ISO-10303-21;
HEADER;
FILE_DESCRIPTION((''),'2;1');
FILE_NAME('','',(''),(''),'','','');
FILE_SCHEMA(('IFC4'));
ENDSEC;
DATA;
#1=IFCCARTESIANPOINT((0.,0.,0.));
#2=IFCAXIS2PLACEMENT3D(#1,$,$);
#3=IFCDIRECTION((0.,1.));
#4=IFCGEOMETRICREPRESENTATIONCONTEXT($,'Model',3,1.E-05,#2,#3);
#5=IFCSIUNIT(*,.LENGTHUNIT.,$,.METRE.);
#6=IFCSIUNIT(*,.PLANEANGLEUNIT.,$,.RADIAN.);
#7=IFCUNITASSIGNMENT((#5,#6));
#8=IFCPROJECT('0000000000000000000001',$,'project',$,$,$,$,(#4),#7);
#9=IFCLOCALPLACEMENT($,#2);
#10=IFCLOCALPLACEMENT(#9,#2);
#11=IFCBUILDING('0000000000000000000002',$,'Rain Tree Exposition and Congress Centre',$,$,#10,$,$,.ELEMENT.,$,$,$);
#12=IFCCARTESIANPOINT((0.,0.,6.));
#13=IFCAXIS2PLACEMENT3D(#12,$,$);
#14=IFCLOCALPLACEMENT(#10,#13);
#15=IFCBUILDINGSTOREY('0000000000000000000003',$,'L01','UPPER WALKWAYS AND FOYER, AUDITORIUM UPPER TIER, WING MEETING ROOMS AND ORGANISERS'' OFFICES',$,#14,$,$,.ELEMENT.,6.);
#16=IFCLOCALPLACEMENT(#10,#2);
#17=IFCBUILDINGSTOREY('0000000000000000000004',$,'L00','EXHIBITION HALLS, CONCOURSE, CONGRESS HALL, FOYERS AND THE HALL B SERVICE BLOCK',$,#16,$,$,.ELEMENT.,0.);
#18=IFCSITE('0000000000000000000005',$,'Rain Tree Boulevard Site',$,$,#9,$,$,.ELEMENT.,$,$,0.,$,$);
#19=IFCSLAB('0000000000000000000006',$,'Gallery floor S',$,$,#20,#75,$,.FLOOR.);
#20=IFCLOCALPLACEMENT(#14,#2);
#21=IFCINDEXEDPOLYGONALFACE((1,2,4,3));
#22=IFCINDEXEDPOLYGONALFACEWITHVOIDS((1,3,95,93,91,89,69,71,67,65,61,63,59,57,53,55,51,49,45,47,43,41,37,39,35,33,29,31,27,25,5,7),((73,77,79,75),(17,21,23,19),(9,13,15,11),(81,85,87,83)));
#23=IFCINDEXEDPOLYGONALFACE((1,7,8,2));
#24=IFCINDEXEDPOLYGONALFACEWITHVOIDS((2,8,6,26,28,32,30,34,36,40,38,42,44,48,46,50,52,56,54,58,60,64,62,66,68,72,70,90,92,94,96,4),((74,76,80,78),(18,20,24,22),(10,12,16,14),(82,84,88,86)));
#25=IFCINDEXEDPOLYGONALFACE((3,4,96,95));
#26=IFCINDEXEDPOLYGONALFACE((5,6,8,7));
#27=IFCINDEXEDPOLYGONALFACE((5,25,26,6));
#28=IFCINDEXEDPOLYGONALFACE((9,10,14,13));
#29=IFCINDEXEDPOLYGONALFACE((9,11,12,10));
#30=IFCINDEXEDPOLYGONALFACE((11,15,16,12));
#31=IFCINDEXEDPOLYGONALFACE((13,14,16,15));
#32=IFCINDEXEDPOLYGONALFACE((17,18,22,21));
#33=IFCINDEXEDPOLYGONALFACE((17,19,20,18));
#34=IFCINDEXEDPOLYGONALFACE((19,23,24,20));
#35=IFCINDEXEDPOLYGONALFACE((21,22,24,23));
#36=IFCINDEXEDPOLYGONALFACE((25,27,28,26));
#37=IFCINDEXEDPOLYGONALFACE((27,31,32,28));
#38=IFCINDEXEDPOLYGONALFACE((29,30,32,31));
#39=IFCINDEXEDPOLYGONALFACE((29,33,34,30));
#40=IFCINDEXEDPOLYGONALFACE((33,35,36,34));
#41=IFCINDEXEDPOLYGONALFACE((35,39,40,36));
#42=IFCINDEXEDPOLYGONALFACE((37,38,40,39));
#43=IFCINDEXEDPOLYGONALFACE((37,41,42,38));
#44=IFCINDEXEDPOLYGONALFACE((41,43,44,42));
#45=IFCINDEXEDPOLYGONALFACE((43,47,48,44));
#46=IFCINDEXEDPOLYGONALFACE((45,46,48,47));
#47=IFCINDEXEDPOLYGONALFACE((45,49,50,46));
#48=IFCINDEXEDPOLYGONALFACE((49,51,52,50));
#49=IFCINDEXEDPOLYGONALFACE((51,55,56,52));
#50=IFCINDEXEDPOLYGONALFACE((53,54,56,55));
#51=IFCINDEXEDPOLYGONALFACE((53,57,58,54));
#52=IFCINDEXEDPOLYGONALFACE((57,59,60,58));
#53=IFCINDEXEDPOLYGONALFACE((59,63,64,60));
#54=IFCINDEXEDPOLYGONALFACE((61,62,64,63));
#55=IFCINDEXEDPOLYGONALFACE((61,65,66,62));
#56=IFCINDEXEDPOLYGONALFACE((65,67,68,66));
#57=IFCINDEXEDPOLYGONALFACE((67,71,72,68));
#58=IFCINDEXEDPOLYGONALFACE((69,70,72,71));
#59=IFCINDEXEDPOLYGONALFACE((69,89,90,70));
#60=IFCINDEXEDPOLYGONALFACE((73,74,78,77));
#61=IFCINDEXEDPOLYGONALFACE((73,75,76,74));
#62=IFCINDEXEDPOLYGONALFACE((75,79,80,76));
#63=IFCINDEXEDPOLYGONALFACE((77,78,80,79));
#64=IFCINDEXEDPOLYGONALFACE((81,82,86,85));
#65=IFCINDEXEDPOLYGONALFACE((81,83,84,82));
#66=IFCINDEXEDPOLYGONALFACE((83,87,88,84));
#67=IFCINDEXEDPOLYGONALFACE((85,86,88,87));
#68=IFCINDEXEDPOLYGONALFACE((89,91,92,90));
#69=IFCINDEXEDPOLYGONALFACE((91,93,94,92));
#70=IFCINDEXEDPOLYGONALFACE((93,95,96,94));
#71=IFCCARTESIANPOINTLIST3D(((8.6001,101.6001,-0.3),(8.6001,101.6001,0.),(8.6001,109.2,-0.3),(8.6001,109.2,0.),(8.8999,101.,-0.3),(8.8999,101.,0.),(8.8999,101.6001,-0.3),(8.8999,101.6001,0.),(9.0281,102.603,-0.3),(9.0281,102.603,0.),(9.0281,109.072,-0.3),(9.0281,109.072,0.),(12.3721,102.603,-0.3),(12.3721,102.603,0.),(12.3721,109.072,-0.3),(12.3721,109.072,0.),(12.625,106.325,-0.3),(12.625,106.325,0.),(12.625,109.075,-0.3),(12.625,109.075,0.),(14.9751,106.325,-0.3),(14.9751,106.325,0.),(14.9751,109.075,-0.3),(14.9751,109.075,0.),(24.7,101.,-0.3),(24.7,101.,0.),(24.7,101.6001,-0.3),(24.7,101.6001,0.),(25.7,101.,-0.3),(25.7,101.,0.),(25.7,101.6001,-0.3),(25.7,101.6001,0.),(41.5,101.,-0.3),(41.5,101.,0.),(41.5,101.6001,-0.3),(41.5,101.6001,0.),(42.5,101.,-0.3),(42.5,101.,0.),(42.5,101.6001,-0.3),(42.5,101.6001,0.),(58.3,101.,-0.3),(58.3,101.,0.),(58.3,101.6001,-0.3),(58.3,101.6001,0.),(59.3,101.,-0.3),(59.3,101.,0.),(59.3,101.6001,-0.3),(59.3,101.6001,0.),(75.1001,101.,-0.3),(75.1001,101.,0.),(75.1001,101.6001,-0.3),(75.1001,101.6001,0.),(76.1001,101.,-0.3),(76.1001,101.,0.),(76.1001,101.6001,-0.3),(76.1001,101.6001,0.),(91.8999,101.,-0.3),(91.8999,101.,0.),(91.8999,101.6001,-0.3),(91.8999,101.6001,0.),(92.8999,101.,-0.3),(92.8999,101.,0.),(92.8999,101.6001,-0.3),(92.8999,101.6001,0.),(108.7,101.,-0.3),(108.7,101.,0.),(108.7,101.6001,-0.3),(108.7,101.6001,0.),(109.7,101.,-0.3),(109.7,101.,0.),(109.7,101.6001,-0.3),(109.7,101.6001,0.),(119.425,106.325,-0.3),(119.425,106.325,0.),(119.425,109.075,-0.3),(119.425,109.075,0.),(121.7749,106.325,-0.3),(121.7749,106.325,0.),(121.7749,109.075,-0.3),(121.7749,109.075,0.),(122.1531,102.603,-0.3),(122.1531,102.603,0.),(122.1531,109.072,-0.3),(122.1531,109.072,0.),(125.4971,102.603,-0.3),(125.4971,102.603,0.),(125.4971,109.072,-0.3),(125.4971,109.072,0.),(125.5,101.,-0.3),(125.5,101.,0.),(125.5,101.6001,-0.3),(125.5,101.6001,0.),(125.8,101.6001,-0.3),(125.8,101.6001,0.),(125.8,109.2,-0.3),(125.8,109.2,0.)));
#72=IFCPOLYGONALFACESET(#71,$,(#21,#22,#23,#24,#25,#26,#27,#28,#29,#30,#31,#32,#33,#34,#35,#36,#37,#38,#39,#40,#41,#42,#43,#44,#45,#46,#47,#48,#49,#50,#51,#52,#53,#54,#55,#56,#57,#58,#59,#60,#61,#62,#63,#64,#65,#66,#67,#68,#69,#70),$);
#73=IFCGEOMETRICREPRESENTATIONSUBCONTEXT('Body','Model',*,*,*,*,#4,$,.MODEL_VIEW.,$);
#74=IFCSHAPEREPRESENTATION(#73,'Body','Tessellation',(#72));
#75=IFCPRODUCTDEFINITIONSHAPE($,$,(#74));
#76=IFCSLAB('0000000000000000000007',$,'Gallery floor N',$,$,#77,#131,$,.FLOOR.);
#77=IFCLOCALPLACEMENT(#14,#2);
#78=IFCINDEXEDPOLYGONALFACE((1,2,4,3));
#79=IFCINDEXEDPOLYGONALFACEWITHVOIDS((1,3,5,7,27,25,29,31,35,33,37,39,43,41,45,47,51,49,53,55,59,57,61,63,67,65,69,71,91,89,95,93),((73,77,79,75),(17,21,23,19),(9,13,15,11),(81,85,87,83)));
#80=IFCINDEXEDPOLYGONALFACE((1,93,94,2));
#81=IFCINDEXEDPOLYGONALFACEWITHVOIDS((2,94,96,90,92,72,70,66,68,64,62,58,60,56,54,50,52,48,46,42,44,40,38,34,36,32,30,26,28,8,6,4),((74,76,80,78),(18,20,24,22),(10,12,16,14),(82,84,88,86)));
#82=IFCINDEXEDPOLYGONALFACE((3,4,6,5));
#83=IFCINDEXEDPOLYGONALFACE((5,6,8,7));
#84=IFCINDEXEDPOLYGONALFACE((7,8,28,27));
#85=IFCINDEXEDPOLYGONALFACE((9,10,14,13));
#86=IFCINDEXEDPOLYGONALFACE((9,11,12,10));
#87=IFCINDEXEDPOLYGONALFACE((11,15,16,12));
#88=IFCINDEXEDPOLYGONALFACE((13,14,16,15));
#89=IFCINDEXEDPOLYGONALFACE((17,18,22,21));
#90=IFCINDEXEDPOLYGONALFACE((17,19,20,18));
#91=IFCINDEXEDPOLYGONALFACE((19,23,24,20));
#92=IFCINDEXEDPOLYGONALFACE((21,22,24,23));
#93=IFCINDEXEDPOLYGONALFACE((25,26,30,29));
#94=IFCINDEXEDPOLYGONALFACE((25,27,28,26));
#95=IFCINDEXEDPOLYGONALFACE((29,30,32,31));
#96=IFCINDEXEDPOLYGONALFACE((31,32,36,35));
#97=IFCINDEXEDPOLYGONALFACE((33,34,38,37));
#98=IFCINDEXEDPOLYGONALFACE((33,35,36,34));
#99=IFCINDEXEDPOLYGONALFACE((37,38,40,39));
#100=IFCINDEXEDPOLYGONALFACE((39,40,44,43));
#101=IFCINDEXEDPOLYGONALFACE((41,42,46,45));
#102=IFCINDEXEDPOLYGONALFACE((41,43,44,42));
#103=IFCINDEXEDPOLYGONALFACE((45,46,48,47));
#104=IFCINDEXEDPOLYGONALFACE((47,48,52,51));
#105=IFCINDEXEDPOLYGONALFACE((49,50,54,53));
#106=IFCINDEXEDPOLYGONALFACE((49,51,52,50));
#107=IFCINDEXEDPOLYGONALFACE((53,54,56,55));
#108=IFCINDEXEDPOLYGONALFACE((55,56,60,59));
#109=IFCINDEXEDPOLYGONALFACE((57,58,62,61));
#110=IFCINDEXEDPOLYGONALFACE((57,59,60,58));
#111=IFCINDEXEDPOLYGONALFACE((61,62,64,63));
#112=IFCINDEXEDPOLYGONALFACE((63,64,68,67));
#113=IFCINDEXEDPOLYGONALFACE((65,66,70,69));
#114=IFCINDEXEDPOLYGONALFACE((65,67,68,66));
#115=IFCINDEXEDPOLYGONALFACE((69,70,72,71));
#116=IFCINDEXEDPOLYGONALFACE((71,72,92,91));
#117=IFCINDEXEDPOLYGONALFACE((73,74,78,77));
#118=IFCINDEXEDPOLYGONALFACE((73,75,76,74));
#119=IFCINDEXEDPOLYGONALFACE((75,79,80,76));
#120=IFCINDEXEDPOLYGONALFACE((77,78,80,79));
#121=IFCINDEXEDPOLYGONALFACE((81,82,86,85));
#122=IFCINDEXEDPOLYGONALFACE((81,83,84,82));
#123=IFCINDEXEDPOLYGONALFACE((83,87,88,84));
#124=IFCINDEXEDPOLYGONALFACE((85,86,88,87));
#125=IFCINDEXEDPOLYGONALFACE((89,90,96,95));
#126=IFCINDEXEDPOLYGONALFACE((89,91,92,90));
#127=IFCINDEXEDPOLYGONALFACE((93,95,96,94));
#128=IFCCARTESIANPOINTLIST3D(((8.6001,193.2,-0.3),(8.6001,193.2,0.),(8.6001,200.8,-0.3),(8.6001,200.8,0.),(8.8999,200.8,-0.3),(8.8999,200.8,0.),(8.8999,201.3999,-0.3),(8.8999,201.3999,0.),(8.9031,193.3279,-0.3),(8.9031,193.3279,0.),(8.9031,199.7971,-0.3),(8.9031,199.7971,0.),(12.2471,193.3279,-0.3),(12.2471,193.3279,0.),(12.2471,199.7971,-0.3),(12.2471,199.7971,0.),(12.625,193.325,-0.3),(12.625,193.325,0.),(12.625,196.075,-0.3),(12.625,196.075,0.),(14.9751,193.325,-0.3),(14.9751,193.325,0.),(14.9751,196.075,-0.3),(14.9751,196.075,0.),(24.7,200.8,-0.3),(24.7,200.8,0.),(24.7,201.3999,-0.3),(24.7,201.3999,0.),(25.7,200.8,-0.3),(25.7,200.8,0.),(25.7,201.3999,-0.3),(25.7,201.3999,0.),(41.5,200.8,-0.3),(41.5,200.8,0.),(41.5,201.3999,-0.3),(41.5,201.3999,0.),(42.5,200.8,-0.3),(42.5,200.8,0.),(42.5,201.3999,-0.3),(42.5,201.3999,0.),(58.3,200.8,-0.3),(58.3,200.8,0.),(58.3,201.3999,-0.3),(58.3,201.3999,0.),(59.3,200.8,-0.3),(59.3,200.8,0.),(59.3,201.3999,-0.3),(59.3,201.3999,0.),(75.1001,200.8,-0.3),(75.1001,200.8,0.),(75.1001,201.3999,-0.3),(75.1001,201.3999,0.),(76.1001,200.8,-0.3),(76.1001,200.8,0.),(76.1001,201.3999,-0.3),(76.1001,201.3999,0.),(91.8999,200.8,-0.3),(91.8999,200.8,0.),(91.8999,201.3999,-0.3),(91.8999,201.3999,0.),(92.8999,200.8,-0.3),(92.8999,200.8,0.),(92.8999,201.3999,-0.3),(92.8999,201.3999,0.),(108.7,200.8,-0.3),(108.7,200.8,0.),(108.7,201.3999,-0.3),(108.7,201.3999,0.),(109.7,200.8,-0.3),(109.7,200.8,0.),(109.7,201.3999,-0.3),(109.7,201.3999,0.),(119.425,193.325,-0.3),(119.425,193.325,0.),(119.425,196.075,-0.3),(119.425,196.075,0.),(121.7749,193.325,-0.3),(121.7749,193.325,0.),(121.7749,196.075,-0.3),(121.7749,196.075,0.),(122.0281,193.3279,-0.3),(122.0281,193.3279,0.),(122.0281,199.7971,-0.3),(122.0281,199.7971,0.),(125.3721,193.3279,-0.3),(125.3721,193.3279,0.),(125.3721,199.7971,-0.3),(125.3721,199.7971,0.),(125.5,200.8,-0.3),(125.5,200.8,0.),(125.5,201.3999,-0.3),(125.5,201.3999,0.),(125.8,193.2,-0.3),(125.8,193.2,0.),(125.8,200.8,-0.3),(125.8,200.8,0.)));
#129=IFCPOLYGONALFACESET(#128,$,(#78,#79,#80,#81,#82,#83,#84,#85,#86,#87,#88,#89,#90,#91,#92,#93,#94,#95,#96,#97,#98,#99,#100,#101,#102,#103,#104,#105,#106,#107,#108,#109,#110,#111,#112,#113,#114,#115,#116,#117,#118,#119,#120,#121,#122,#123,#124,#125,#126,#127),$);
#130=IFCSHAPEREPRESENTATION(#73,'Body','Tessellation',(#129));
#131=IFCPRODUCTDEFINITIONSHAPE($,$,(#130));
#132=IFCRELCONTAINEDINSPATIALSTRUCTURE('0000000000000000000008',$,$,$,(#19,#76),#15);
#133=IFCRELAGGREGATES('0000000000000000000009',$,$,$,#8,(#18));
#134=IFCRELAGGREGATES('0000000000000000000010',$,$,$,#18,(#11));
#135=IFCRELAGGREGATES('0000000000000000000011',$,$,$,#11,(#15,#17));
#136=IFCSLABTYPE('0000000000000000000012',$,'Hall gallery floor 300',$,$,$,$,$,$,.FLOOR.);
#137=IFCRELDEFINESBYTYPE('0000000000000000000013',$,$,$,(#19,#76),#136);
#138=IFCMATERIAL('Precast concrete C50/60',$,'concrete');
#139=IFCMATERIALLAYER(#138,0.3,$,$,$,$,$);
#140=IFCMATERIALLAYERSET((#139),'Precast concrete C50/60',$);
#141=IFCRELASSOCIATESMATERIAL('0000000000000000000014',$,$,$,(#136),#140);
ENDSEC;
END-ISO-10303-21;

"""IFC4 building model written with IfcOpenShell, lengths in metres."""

from ifc_helpers import new_model, si_unit, direction, frame, origin, place, context, subcontext, project, spatial, polyline, outline, extrude, material, layer, layer_set, type_object, element, save


model = new_model("IFC4")

# Units and contexts
model_context = context("Model", 3, precision=1e-05, world=origin(), true_north=direction((0.0, 1.0)))
body_context = subcontext(model_context, "Body", "Model", "MODEL_VIEW")
ifc_project = project(units=[si_unit("LENGTHUNIT", "METRE"), si_unit("PLANEANGLEUNIT", "RADIAN")], contexts=[model_context])

# Site, building, storey
site_placement = place(None, origin())
site = spatial("IfcSite", under=ifc_project, at=site_placement, Name="Rain Tree Boulevard Site", CompositionType="ELEMENT", RefElevation=0.0)
building_placement = place(site_placement, origin())
building = spatial("IfcBuilding", under=site, at=building_placement, Name="Rain Tree Exposition and Congress Centre", CompositionType="ELEMENT")
storey_1_placement = place(building_placement, frame((0.0, 0.0, 6.0)))
storey_1 = spatial("IfcBuildingStorey", under=building, at=storey_1_placement, Name="L01", Description="UPPER WALKWAYS AND FOYER, AUDITORIUM UPPER TIER, WING MEETING ROOMS AND ORGANISERS' OFFICES", CompositionType="ELEMENT", Elevation=6.0)

# Slabs
ifc_material_1 = material(Name="Precast concrete C50/60", Category="concrete")
ifc_layer_1 = layer(ifc_material_1, 0.3)
ifc_layer_set_1 = layer_set([ifc_layer_1], Name="Precast concrete C50/60")
slab_type_1 = type_object("IfcSlabType", Name="Hall gallery floor 300", PredefinedType="FLOOR", material=ifc_layer_set_1)
slab_1_placement = place(storey_1_placement, frame((0.0, 0.0, -0.3)))
element("IfcSlab", 1, at=slab_1_placement, inside=storey_1, type_object=slab_type_1, Name="Gallery floor S", PredefinedType="FLOOR", context=body_context, shape_type="SweptSolid", body=[
    extrude(outline(polyline([(8.6001, 109.2), (125.8, 109.2), (125.8, 101.6001), (125.5, 101.6001), (125.5, 101.0), (109.7, 101.0), (109.7, 101.6001), (108.7, 101.6001), (108.7, 101.0), (92.8999, 101.0), (92.8999, 101.6001), (91.8999, 101.6001), (91.8999, 101.0), (76.1001, 101.0), (76.1001, 101.6001), (75.1001, 101.6001), (75.1001, 101.0), (59.3, 101.0), (59.3, 101.6001), (58.3, 101.6001), (58.3, 101.0), (42.5, 101.0), (42.5, 101.6001), (41.5, 101.6001), (41.5, 101.0), (25.7, 101.0), (25.7, 101.6001), (24.7, 101.6001), (24.7, 101.0), (8.8999, 101.0), (8.8999, 101.6001), (8.6001, 101.6001), (8.6001, 109.2)]), holes=[polyline([(12.3721, 102.603), (12.3721, 109.072), (9.0281, 109.072), (9.0281, 102.603), (12.3721, 102.603)]), polyline([(14.9751, 106.325), (14.9751, 109.075), (12.625, 109.075), (12.625, 106.325), (14.9751, 106.325)]), polyline([(125.4971, 102.603), (125.4971, 109.072), (122.1531, 109.072), (122.1531, 102.603), (125.4971, 102.603)]), polyline([(121.7749, 106.325), (121.7749, 109.075), (119.425, 109.075), (119.425, 106.325), (121.7749, 106.325)])]), origin(), (0.0, 0.0, 1.0), 0.3),
])
slab_2_placement = place(storey_1_placement, frame((0.0, 0.0, -0.3)))
element("IfcSlab", 2, at=slab_2_placement, inside=storey_1, type_object=slab_type_1, Name="Gallery floor N", PredefinedType="FLOOR", context=body_context, shape_type="SweptSolid", body=[
    extrude(outline(polyline([(125.8, 193.2), (8.6001, 193.2), (8.6001, 200.8), (8.8999, 200.8), (8.8999, 201.3999), (24.7, 201.3999), (24.7, 200.8), (25.7, 200.8), (25.7, 201.3999), (41.5, 201.3999), (41.5, 200.8), (42.5, 200.8), (42.5, 201.3999), (58.3, 201.3999), (58.3, 200.8), (59.3, 200.8), (59.3, 201.3999), (75.1001, 201.3999), (75.1001, 200.8), (76.1001, 200.8), (76.1001, 201.3999), (91.8999, 201.3999), (91.8999, 200.8), (92.8999, 200.8), (92.8999, 201.3999), (108.7, 201.3999), (108.7, 200.8), (109.7, 200.8), (109.7, 201.3999), (125.5, 201.3999), (125.5, 200.8), (125.8, 200.8), (125.8, 193.2)]), holes=[polyline([(14.9751, 196.075), (12.625, 196.075), (12.625, 193.325), (14.9751, 193.325), (14.9751, 196.075)]), polyline([(8.9031, 199.7971), (8.9031, 193.3279), (12.2471, 193.3279), (12.2471, 199.7971), (8.9031, 199.7971)]), polyline([(121.7749, 196.075), (119.425, 196.075), (119.425, 193.325), (121.7749, 193.325), (121.7749, 196.075)]), polyline([(122.0281, 199.7971), (122.0281, 193.3279), (125.3721, 193.3279), (125.3721, 199.7971), (122.0281, 199.7971)])]), origin(), (0.0, 0.0, 1.0), 0.3),
])

# Shared definitions
storey_2_placement = place(building_placement, origin())
storey_2 = spatial("IfcBuildingStorey", under=building, at=storey_2_placement, Name="L00", Description="EXHIBITION HALLS, CONCOURSE, CONGRESS HALL, FOYERS AND THE HALL B SERVICE BLOCK", CompositionType="ELEMENT", Elevation=0.0)

save(model, "model.ifc")
